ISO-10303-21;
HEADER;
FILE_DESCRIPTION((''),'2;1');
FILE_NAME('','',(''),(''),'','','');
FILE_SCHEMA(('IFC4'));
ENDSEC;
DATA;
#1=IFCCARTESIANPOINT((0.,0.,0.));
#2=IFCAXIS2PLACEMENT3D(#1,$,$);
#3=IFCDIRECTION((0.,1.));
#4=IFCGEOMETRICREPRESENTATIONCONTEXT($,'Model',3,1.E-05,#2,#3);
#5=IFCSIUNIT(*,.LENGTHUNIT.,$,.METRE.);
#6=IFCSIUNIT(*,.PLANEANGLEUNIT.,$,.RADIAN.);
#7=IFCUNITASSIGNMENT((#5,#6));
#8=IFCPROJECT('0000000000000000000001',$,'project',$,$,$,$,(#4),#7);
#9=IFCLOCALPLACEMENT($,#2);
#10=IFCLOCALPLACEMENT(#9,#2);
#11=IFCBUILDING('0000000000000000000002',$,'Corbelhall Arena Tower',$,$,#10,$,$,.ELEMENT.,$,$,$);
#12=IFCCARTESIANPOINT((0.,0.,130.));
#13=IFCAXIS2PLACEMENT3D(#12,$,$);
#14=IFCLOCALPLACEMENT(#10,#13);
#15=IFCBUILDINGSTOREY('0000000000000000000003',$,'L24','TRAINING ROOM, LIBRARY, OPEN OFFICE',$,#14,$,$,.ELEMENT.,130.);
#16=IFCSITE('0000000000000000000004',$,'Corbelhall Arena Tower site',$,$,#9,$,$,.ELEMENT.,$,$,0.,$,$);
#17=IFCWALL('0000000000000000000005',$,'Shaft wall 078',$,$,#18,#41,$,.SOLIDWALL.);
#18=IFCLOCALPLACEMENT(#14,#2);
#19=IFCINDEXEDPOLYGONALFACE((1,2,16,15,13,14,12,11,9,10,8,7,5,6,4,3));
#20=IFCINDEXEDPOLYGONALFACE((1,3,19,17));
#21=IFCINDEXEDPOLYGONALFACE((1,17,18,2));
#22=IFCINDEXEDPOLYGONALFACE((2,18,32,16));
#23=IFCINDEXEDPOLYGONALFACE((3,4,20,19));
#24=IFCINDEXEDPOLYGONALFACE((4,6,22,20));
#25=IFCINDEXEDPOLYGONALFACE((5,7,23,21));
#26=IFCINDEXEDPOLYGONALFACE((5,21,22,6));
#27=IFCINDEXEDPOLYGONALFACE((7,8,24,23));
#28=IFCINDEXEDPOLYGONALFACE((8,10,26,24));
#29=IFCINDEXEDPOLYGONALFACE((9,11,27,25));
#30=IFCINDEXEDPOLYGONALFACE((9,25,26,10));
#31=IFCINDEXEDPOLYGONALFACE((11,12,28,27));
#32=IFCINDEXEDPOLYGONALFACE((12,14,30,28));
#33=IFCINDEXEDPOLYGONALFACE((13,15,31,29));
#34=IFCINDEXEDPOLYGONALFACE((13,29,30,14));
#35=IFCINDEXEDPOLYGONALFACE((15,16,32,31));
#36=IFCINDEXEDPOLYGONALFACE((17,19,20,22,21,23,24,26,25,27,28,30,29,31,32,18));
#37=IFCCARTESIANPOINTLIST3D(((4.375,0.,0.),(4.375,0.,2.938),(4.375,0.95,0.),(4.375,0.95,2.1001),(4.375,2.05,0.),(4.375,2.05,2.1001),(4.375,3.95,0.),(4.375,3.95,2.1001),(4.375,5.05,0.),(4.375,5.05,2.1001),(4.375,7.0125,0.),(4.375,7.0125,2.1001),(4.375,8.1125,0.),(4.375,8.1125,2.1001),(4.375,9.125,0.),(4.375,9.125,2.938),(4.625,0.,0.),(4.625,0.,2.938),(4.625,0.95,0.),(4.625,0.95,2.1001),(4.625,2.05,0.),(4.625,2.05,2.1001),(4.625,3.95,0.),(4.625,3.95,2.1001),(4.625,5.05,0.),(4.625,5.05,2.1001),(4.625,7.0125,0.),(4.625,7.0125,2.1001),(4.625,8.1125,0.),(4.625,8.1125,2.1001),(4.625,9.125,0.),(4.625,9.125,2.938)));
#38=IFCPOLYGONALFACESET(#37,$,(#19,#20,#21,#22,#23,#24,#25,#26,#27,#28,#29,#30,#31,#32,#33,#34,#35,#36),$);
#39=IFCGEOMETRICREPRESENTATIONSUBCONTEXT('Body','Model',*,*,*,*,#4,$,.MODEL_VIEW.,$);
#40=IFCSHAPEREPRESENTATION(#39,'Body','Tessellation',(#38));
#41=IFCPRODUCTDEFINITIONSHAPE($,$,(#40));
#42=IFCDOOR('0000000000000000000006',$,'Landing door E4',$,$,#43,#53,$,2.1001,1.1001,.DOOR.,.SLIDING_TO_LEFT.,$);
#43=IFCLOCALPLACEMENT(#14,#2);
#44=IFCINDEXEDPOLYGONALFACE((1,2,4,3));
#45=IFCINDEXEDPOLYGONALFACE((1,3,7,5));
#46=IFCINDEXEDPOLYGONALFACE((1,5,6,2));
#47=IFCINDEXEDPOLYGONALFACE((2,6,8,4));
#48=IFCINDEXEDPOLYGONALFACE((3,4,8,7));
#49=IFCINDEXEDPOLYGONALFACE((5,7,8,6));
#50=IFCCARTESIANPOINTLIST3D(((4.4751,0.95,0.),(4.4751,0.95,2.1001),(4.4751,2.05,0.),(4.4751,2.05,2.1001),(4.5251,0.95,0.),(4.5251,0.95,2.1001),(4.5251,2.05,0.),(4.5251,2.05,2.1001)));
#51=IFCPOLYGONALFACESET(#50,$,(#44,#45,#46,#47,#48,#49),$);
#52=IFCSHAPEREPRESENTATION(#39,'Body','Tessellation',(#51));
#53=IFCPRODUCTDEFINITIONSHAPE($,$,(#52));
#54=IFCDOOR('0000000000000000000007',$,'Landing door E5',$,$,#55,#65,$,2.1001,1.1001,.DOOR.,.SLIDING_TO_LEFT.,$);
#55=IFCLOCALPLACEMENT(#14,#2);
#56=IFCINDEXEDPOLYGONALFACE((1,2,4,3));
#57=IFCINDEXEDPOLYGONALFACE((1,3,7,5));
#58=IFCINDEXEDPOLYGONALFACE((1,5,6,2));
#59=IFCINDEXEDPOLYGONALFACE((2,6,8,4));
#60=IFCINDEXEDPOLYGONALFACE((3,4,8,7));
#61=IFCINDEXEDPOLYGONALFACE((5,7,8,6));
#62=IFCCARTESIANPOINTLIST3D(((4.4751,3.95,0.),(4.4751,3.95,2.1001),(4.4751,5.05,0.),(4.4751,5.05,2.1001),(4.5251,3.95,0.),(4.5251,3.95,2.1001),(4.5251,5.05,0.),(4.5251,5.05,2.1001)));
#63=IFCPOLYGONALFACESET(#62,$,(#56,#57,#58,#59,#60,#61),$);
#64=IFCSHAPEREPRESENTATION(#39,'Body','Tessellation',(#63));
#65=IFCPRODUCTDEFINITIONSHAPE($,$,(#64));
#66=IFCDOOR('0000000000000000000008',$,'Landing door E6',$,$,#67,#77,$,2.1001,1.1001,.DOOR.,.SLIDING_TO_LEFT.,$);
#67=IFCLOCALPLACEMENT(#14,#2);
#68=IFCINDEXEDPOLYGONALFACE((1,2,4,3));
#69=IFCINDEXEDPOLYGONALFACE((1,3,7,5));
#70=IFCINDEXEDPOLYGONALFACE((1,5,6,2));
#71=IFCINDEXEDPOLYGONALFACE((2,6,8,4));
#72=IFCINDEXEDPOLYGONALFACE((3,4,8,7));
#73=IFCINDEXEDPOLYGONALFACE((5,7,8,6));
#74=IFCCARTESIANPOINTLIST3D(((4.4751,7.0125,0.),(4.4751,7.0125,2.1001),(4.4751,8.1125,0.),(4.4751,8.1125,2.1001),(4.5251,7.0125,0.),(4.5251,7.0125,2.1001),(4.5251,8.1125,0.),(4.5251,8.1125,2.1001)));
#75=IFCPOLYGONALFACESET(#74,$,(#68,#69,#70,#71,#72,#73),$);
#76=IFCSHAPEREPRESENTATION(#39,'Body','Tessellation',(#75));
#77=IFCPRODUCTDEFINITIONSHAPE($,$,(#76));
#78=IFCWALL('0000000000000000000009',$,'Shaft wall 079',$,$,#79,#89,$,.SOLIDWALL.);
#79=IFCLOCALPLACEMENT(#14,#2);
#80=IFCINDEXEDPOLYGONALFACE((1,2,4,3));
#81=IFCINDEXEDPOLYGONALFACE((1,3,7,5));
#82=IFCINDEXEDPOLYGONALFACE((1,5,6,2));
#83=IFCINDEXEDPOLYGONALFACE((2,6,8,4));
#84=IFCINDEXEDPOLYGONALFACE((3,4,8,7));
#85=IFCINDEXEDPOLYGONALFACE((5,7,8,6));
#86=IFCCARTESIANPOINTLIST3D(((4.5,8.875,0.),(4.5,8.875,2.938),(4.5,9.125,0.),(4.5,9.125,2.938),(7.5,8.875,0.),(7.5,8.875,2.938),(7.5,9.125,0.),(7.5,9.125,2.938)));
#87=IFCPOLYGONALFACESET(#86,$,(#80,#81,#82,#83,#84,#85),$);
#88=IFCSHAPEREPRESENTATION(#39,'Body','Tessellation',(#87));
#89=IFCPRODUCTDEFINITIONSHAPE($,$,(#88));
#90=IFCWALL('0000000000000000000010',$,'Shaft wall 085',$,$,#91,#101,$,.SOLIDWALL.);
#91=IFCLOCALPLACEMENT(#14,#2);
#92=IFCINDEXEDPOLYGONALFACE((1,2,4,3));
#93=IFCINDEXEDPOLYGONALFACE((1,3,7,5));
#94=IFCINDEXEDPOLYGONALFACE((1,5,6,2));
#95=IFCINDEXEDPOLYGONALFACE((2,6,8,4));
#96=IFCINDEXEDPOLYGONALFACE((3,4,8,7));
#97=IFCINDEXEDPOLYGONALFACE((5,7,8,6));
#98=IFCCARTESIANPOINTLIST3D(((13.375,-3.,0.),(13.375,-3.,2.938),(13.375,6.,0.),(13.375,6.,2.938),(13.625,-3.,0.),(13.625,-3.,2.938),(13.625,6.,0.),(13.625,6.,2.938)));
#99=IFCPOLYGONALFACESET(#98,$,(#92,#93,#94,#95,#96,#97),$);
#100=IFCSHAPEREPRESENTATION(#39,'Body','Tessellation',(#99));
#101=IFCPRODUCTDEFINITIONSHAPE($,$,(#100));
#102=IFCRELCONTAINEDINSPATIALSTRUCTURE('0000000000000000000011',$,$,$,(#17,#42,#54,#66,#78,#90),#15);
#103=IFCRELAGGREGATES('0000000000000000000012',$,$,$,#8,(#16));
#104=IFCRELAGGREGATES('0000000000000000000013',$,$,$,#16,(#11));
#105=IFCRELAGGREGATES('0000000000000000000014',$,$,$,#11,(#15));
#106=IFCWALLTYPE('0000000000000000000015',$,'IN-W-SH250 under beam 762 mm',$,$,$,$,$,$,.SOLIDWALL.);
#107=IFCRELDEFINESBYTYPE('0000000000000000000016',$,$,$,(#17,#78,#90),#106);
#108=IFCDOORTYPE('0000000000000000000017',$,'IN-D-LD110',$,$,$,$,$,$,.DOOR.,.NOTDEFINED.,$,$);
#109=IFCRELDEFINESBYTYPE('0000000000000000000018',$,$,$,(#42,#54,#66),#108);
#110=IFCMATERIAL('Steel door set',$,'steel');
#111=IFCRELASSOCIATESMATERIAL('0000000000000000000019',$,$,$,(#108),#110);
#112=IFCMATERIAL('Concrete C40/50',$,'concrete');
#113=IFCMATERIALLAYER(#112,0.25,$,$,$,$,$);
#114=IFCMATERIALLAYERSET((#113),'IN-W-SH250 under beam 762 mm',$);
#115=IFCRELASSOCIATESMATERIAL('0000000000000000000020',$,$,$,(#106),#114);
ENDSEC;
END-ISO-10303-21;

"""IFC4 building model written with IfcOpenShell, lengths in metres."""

from ifc_helpers import new_model, si_unit, direction, frame, frame_2d, origin, place, context, subcontext, project, spatial, rectangle, extrude, material, layer, layer_set, type_object, element, fill, save


model = new_model("IFC4")

# Units and contexts
model_context = context("Model", 3, precision=1e-05, world=origin(), true_north=direction((0.0, 1.0)))
body_context = subcontext(model_context, "Body", "Model", "MODEL_VIEW")
ifc_project = project(units=[si_unit("LENGTHUNIT", "METRE"), si_unit("PLANEANGLEUNIT", "RADIAN")], contexts=[model_context])

# Site, building, storey
site_placement = place(None, origin())
site = spatial("IfcSite", under=ifc_project, at=site_placement, Name="Corbelhall Arena Tower site", CompositionType="ELEMENT", RefElevation=0.0)
building_placement = place(site_placement, origin())
building = spatial("IfcBuilding", under=site, at=building_placement, Name="Corbelhall Arena Tower", CompositionType="ELEMENT")
storey_placement = place(building_placement, frame((0.0, 0.0, 130.0)))
storey = spatial("IfcBuildingStorey", under=building, at=storey_placement, Name="L24", Description="TRAINING ROOM, LIBRARY, OPEN OFFICE", CompositionType="ELEMENT", Elevation=130.0)

# Shared definitions
ifc_material_1 = material(Name="Concrete C40/50", Category="concrete")

# Shared definitions
ifc_material_2 = material(Name="Steel door set", Category="steel")

# Shared definitions
door_type_1 = type_object("IfcDoorType", Name="IN-D-LD110", OperationType="NOTDEFINED", PredefinedType="DOOR", material=ifc_material_2)

# Wall, openings, doors
ifc_layer_1 = layer(ifc_material_1, 0.25)
ifc_layer_set_1 = layer_set([ifc_layer_1], Name="IN-W-SH250 under beam 762 mm")
wall_type_1 = type_object("IfcWallType", Name="IN-W-SH250 under beam 762 mm", PredefinedType="SOLIDWALL", material=ifc_layer_set_1)
wall_1_placement = place(storey_placement, frame((4.5, 0.0, 0.0), z_axis=(0.0, 0.0, 1.0), x_axis=(0.0, 1.0, 0.0)))
wall_1 = element("IfcWall", 1, at=wall_1_placement, inside=storey, type_object=wall_type_1, Name="Shaft wall 078", PredefinedType="SOLIDWALL", context=body_context, shape_type="SweptSolid", body=[
    extrude(rectangle(XDim=9.125, YDim=0.25, at=frame_2d((4.5625, 0.0))), origin(), (0.0, 0.0, 1.0), 2.938),
])
opening_1_placement = place(wall_1_placement, frame((0.95, 0.0, 0.0)))
opening_1 = element("IfcOpeningElement", 2, at=opening_1_placement, cuts=wall_1, PredefinedType="OPENING", context=body_context, shape_type="SweptSolid", body=[
    extrude(rectangle(XDim=1.1001, YDim=2.1001, at=frame_2d((0.55, 1.05))), frame((0.0, 0.125, 0.0), z_axis=(0.0, -1.0, 0.0), x_axis=(1.0, 0.0, 0.0)), (0.0, 0.0, 1.0), 0.25),
])
opening_2_placement = place(wall_1_placement, frame((3.95, 0.0, 0.0)))
opening_2 = element("IfcOpeningElement", 3, at=opening_2_placement, cuts=wall_1, PredefinedType="OPENING", context=body_context, shape_type="SweptSolid", body=[
    extrude(rectangle(XDim=1.1001, YDim=2.1001, at=frame_2d((0.55, 1.05))), frame((0.0, 0.125, 0.0), z_axis=(0.0, -1.0, 0.0), x_axis=(1.0, 0.0, 0.0)), (0.0, 0.0, 1.0), 0.25),
])
opening_3_placement = place(wall_1_placement, frame((7.0125, 0.0, 0.0)))
opening_3 = element("IfcOpeningElement", 4, at=opening_3_placement, cuts=wall_1, PredefinedType="OPENING", context=body_context, shape_type="SweptSolid", body=[
    extrude(rectangle(XDim=1.1001, YDim=2.1001, at=frame_2d((0.55, 1.05))), frame((0.0, 0.125, 0.0), z_axis=(0.0, -1.0, 0.0), x_axis=(1.0, 0.0, 0.0)), (0.0, 0.0, 1.0), 0.25),
])
door_1_placement = place(opening_1_placement, origin())
door_1 = element("IfcDoor", 5, at=door_1_placement, inside=storey, type_object=door_type_1, Name="Landing door E4", OperationType="SLIDING_TO_LEFT", OverallHeight=2.1001, OverallWidth=1.1001, PredefinedType="DOOR", context=body_context, shape_type="SweptSolid", body=[
    extrude(rectangle(XDim=1.1001, YDim=2.1001, at=frame_2d((0.55, 1.05))), frame((0.0, 0.0249, 0.0), z_axis=(0.0, -1.0, 0.0), x_axis=(1.0, 0.0, 0.0)), (0.0, 0.0, 1.0), 0.05),
])
fill(opening_1, door_1)
door_2_placement = place(opening_2_placement, origin())
door_2 = element("IfcDoor", 6, at=door_2_placement, inside=storey, type_object=door_type_1, Name="Landing door E5", OperationType="SLIDING_TO_LEFT", OverallHeight=2.1001, OverallWidth=1.1001, PredefinedType="DOOR", context=body_context, shape_type="SweptSolid", body=[
    extrude(rectangle(XDim=1.1001, YDim=2.1001, at=frame_2d((0.55, 1.05))), frame((0.0, 0.0249, 0.0), z_axis=(0.0, -1.0, 0.0), x_axis=(1.0, 0.0, 0.0)), (0.0, 0.0, 1.0), 0.05),
])
fill(opening_2, door_2)
door_3_placement = place(opening_3_placement, origin())
door_3 = element("IfcDoor", 7, at=door_3_placement, inside=storey, type_object=door_type_1, Name="Landing door E6", OperationType="SLIDING_TO_LEFT", OverallHeight=2.1001, OverallWidth=1.1001, PredefinedType="DOOR", context=body_context, shape_type="SweptSolid", body=[
    extrude(rectangle(XDim=1.1001, YDim=2.1001, at=frame_2d((0.55, 1.05))), frame((0.0, 0.0249, 0.0), z_axis=(0.0, -1.0, 0.0), x_axis=(1.0, 0.0, 0.0)), (0.0, 0.0, 1.0), 0.05),
])
fill(opening_3, door_3)

# Walls
wall_2_placement = place(storey_placement, frame((4.5, 9.0, 0.0), z_axis=(0.0, 0.0, 1.0), x_axis=(1.0, 0.0, 0.0)))
element("IfcWall", 8, at=wall_2_placement, inside=storey, type_object=wall_type_1, Name="Shaft wall 079", PredefinedType="SOLIDWALL", context=body_context, shape_type="SweptSolid", body=[
    extrude(rectangle(XDim=3.0, YDim=0.25, at=frame_2d((1.5, 0.0))), origin(), (0.0, 0.0, 1.0), 2.938),
])
wall_3_placement = place(storey_placement, frame((13.5, 6.0, 0.0), z_axis=(0.0, 0.0, 1.0), x_axis=(0.0, -1.0, 0.0)))
element("IfcWall", 9, at=wall_3_placement, inside=storey, type_object=wall_type_1, Name="Shaft wall 085", PredefinedType="SOLIDWALL", context=body_context, shape_type="SweptSolid", body=[
    extrude(rectangle(XDim=9.0, YDim=0.25, at=frame_2d((4.5, 0.0))), origin(), (0.0, 0.0, 1.0), 2.938),
])

save(model, "model.ifc")
